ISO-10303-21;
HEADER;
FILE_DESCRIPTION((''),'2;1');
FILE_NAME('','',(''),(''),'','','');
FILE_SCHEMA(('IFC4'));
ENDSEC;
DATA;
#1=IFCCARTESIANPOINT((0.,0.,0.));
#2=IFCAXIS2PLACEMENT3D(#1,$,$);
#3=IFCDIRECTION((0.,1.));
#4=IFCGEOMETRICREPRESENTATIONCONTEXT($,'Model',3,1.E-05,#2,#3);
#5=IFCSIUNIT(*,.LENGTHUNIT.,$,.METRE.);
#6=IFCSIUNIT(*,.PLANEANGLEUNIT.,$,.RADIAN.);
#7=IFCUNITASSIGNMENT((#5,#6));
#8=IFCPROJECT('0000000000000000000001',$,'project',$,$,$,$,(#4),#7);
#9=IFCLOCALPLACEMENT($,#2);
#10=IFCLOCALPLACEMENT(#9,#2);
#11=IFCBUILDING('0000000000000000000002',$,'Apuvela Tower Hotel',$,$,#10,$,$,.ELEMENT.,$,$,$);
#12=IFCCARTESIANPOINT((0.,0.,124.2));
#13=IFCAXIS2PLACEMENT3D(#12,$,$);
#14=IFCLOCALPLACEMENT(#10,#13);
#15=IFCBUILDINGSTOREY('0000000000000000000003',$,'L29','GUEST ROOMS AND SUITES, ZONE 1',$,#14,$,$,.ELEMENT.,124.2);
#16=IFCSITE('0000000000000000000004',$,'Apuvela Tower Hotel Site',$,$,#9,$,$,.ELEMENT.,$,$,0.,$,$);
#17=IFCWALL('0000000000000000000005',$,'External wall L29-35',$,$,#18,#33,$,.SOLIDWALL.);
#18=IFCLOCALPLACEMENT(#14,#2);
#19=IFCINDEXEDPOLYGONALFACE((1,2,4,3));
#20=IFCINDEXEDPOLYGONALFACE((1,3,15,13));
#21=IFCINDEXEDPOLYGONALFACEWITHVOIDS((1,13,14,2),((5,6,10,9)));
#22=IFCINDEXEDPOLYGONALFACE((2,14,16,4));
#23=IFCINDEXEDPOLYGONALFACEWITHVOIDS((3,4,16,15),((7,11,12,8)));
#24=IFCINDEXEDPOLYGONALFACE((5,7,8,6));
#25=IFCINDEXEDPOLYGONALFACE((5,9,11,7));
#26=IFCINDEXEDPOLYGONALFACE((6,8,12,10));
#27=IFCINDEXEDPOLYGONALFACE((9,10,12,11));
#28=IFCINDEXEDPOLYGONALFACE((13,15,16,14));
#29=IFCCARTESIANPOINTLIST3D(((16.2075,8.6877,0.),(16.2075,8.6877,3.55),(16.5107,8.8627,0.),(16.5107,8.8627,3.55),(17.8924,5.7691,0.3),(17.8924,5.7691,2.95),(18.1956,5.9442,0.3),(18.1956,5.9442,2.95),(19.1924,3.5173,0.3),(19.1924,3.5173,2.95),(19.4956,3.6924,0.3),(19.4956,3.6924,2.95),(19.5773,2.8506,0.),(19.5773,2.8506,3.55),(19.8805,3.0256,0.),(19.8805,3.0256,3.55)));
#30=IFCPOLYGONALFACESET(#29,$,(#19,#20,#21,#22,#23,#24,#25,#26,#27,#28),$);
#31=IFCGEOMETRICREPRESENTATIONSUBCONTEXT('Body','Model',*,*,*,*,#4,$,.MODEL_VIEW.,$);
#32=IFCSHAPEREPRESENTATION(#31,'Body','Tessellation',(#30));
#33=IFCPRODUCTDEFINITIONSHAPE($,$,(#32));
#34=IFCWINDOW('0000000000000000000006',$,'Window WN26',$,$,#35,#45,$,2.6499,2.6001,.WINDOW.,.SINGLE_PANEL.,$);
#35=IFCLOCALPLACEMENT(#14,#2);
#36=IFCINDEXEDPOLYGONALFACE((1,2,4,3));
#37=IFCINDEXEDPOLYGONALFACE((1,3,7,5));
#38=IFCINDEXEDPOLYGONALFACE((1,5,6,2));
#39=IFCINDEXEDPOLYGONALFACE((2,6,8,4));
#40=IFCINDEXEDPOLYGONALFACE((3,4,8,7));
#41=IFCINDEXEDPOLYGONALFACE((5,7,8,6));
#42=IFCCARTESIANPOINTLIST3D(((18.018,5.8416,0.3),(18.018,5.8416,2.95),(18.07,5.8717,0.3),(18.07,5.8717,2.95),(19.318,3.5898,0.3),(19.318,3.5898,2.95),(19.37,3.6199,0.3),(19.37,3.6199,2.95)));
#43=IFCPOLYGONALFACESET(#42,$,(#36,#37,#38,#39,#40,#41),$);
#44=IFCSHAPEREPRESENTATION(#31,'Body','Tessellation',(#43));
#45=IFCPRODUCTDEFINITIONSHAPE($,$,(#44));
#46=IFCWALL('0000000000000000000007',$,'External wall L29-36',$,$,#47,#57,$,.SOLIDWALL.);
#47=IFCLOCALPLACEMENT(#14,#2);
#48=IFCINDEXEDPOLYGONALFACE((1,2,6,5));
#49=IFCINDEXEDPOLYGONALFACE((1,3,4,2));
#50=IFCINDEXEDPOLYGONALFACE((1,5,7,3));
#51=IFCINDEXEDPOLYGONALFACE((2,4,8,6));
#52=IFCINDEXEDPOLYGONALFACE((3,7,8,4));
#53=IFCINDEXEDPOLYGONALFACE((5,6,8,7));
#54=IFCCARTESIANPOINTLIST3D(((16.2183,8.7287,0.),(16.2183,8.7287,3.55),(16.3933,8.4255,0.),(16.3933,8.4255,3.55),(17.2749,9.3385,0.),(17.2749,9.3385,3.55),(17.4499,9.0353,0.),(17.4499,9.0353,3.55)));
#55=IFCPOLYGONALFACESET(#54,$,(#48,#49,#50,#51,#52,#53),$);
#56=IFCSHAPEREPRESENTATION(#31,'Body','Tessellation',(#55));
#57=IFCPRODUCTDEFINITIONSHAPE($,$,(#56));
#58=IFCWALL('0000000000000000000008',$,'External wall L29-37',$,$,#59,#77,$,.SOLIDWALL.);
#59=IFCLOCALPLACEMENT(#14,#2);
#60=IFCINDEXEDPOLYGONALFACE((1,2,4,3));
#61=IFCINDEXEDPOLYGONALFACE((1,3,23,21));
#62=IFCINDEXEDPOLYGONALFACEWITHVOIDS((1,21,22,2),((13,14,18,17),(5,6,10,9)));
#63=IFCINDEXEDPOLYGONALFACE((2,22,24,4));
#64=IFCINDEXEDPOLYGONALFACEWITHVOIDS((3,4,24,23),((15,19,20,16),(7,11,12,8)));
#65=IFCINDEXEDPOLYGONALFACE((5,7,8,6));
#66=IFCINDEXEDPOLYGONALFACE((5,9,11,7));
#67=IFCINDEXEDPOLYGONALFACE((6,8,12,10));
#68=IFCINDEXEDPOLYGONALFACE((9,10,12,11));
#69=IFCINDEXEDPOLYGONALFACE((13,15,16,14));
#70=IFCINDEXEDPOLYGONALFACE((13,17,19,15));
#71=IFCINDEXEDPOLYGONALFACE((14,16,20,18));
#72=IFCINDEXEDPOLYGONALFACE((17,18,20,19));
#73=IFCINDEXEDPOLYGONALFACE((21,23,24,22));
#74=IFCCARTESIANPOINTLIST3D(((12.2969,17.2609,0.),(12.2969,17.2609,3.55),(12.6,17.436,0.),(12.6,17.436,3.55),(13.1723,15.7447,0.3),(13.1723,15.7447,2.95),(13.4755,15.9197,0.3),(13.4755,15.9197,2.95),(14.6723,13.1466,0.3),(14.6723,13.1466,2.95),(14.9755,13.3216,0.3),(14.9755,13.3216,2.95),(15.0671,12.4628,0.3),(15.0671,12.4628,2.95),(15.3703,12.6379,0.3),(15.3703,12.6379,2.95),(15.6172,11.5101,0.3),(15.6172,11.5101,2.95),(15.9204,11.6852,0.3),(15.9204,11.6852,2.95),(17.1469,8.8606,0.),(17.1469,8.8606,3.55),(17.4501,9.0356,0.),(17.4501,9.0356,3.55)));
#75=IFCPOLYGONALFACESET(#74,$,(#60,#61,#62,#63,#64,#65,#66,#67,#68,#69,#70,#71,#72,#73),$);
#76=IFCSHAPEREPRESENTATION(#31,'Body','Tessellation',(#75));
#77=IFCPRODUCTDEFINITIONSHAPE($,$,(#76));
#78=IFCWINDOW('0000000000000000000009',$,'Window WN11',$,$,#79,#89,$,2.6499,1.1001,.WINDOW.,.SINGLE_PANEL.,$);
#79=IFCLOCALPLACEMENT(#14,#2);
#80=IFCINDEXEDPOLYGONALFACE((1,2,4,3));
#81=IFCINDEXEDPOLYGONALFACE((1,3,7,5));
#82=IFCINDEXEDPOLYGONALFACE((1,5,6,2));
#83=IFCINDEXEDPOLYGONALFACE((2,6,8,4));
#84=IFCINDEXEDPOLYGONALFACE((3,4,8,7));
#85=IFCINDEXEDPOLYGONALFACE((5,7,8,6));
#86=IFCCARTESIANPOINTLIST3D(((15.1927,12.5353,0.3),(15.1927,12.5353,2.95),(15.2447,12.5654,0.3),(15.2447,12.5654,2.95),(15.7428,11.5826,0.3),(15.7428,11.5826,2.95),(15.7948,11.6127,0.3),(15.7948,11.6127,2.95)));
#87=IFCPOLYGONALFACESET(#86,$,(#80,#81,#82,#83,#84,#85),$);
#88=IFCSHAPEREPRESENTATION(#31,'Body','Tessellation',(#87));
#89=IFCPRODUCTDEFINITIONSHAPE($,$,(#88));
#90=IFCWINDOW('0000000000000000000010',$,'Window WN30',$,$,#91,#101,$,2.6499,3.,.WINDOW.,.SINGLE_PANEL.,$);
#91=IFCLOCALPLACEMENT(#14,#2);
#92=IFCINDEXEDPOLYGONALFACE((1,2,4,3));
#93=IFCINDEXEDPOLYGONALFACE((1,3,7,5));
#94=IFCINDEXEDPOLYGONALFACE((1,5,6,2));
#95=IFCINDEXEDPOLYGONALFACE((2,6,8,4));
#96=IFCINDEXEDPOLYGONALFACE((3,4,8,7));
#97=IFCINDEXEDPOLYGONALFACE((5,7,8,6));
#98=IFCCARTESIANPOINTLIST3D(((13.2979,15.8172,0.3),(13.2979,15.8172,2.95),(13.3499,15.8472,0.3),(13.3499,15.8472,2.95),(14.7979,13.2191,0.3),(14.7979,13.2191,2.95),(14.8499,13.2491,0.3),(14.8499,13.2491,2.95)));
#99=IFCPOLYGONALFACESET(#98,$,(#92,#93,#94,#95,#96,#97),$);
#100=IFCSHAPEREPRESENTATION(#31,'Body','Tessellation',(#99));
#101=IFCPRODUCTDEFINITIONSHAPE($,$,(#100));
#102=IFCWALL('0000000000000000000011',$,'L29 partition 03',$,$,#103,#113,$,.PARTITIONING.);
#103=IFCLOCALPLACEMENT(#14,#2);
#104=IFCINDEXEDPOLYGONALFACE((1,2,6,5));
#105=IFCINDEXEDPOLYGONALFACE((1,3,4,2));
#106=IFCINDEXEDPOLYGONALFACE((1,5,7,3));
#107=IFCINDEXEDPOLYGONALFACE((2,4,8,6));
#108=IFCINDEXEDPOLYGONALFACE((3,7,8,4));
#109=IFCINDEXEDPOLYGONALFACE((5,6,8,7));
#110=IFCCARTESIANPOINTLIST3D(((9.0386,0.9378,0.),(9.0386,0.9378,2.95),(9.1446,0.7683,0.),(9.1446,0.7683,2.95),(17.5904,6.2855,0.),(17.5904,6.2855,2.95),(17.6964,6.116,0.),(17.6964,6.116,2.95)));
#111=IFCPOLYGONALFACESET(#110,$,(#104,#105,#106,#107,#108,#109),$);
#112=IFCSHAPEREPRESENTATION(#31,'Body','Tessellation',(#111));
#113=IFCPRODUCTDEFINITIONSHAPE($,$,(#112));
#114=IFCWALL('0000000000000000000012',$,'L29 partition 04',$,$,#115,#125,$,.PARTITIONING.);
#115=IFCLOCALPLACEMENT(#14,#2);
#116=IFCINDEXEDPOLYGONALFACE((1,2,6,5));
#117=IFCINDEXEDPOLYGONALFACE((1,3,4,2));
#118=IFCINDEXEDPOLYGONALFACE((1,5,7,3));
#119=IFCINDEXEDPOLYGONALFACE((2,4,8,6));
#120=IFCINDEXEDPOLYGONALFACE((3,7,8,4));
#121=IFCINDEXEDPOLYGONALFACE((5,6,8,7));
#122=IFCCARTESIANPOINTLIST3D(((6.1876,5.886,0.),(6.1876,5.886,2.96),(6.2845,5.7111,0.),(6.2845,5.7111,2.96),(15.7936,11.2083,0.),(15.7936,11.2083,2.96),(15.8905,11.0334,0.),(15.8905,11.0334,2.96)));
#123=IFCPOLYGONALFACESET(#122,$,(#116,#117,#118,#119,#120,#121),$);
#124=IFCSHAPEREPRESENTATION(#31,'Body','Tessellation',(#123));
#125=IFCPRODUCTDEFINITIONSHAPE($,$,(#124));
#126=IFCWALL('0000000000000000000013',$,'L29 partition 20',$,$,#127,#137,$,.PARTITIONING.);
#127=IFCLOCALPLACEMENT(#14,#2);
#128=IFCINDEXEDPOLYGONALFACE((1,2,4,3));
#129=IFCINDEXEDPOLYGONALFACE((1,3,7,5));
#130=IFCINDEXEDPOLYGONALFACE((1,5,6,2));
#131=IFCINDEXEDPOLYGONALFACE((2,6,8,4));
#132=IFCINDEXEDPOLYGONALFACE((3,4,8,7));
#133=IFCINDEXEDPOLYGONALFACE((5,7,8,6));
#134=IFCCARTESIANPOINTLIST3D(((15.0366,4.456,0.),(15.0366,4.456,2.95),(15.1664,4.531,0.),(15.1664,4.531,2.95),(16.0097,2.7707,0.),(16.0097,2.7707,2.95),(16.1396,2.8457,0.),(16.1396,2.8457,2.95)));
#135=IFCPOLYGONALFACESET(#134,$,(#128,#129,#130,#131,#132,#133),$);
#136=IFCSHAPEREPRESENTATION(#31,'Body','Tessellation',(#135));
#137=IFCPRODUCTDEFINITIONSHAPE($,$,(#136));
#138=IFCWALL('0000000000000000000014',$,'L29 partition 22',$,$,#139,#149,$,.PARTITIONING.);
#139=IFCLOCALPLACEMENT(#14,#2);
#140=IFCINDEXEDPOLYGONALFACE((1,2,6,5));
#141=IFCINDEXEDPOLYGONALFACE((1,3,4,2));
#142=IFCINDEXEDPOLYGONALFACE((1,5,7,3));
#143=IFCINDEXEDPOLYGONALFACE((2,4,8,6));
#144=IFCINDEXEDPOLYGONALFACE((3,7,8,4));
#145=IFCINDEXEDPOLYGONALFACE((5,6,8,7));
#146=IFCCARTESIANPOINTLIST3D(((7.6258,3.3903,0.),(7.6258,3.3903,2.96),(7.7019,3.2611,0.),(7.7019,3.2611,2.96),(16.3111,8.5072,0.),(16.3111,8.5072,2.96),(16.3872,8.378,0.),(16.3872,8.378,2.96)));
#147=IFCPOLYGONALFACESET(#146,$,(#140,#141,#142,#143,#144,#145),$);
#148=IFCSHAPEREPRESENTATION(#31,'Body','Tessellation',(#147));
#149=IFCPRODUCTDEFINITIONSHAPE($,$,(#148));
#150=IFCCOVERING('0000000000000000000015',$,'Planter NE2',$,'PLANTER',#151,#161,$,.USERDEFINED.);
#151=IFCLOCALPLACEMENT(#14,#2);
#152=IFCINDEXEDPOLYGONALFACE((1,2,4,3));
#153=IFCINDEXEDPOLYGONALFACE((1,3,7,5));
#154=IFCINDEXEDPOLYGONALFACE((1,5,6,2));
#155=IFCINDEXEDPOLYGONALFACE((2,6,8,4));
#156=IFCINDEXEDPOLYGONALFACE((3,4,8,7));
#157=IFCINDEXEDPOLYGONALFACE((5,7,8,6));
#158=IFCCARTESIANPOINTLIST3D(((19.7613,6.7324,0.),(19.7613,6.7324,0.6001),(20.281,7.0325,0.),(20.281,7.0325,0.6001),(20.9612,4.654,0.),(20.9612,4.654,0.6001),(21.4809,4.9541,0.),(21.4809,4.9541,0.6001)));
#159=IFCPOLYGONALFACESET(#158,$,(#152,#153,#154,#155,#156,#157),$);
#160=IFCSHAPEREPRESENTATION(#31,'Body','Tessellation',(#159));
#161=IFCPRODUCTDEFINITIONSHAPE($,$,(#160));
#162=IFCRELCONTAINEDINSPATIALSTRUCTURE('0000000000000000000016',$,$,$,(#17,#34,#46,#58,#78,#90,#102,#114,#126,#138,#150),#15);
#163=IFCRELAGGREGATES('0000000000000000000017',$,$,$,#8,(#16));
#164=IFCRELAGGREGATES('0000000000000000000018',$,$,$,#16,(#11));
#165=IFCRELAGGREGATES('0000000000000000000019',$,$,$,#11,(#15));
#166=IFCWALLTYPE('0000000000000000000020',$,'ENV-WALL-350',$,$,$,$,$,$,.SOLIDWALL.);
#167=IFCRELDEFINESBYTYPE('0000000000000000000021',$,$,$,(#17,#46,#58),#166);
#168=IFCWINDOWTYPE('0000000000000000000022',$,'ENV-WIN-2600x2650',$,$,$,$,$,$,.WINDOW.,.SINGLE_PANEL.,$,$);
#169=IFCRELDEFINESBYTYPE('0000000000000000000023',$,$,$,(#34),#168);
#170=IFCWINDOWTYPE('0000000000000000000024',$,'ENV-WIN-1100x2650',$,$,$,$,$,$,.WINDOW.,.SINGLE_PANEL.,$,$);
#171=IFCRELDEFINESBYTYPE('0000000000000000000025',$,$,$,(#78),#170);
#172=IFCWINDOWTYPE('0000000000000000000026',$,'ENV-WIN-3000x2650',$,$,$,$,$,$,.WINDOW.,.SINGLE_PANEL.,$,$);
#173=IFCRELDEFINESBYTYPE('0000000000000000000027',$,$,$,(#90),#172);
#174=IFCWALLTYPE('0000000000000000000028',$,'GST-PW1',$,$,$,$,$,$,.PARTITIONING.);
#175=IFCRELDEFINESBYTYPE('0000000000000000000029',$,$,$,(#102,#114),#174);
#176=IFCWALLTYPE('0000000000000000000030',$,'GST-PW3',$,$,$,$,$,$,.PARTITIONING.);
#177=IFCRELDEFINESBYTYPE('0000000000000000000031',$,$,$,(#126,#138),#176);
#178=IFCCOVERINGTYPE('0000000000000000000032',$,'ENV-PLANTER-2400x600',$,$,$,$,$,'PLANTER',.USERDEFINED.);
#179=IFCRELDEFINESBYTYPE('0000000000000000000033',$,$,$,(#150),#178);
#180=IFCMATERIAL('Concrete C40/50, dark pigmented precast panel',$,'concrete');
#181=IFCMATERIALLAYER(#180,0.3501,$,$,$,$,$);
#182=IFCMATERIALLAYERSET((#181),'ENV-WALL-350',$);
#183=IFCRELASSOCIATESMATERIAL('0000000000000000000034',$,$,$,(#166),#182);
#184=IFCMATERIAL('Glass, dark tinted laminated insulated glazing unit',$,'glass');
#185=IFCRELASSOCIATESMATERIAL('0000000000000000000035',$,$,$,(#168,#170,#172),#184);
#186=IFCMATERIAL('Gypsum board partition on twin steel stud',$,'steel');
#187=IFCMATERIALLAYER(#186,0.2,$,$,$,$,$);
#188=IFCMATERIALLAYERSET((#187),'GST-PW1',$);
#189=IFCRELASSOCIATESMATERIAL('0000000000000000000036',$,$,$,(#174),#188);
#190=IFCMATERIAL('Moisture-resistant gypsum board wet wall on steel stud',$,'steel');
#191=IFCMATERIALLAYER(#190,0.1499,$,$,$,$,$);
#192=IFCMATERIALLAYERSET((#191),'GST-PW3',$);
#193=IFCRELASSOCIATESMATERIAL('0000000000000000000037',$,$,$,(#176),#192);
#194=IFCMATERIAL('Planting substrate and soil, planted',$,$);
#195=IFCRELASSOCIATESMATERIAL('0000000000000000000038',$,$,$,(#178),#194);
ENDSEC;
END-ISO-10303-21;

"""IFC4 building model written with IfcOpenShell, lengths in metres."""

from ifc_helpers import new_model, si_unit, direction, frame, frame_2d, origin, origin_2d, place, context, subcontext, project, spatial, rectangle, extrude, material, layer, layer_set, type_object, element, fill, save


model = new_model("IFC4")

# Units and contexts
model_context = context("Model", 3, precision=1e-05, world=origin(), true_north=direction((0.0, 1.0)))
body_context = subcontext(model_context, "Body", "Model", "MODEL_VIEW")
ifc_project = project(units=[si_unit("LENGTHUNIT", "METRE"), si_unit("PLANEANGLEUNIT", "RADIAN")], contexts=[model_context])

# Site, building, storey
site_placement = place(None, origin())
site = spatial("IfcSite", under=ifc_project, at=site_placement, Name="Apuvela Tower Hotel Site", CompositionType="ELEMENT", RefElevation=0.0)
building_placement = place(site_placement, origin())
building = spatial("IfcBuilding", under=site, at=building_placement, Name="Apuvela Tower Hotel", CompositionType="ELEMENT")
storey_placement = place(building_placement, frame((0.0, 0.0, 124.2)))
storey = spatial("IfcBuildingStorey", under=building, at=storey_placement, Name="L29", Description="GUEST ROOMS AND SUITES, ZONE 1", CompositionType="ELEMENT", Elevation=124.2)

# Shared definitions
ifc_material_1 = material(Name="Concrete C40/50, dark pigmented precast panel", Category="concrete")
ifc_layer_1 = layer(ifc_material_1, 0.3501)
ifc_layer_set_1 = layer_set([ifc_layer_1], Name="ENV-WALL-350")
wall_type_1 = type_object("IfcWallType", Name="ENV-WALL-350", PredefinedType="SOLIDWALL", material=ifc_layer_set_1)

# Wall, opening, window
wall_1_placement = place(storey_placement, frame((19.729, 2.938, 0.0), z_axis=(0.0, 0.0, 1.0), x_axis=(-0.499976, 0.866039, 0.0)))
wall_1 = element("IfcWall", 1, at=wall_1_placement, inside=storey, type_object=wall_type_1, Name="External wall L29-35", PredefinedType="SOLIDWALL", context=body_context, shape_type="SweptSolid", body=[
    extrude(rectangle(XDim=6.74, YDim=0.3501, at=frame_2d((3.3701, 0.0))), origin(), (0.0, 0.0, 1.0), 3.55),
])
opening_1_placement = place(wall_1_placement, frame((0.77, 0.0, 0.3)))
opening_1 = element("IfcOpeningElement", 2, at=opening_1_placement, cuts=wall_1, PredefinedType="OPENING", context=body_context, shape_type="SweptSolid", body=[
    extrude(rectangle(XDim=2.6001, YDim=2.6499, at=frame_2d((1.3, 1.325))), frame((0.0, 0.1851, 0.0), z_axis=(0.0, -1.0, 0.0), x_axis=(1.0, 0.0, 0.0)), (0.0, 0.0, 1.0), 0.3701),
])
ifc_material_2 = material(Name="Glass, dark tinted laminated insulated glazing unit", Category="glass")
window_type_1 = type_object("IfcWindowType", Name="ENV-WIN-2600x2650", PartitioningType="SINGLE_PANEL", PredefinedType="WINDOW", material=ifc_material_2)
window_1_placement = place(opening_1_placement, origin())
window_1 = element("IfcWindow", 3, at=window_1_placement, inside=storey, type_object=window_type_1, Name="Window WN26", OverallHeight=2.6499, OverallWidth=2.6001, PartitioningType="SINGLE_PANEL", PredefinedType="WINDOW", context=body_context, shape_type="SweptSolid", body=[
    extrude(rectangle(XDim=2.6001, YDim=2.6499, at=frame_2d((1.3, 1.325))), frame((0.0, 0.03, 0.0), z_axis=(0.0, -1.0, 0.0), x_axis=(1.0, 0.0, 0.0)), (0.0, 0.0, 1.0), 0.0601),
])
fill(opening_1, window_1)

# Wall
wall_2_placement = place(storey_placement, frame((16.3059, 8.5771, 0.0), z_axis=(0.0, 0.0, 1.0), x_axis=(0.866092, 0.499884, 0.0)))
element("IfcWall", 4, at=wall_2_placement, inside=storey, type_object=wall_type_1, Name="External wall L29-36", PredefinedType="SOLIDWALL", context=body_context, shape_type="SweptSolid", body=[
    extrude(rectangle(XDim=1.22, YDim=0.3501, at=frame_2d((0.6099, 0.0))), origin(), (0.0, 0.0, 1.0), 3.55),
])

# Wall, openings, windows
wall_3_placement = place(storey_placement, frame((17.2986, 8.948, 0.0), z_axis=(0.0, 0.0, 1.0), x_axis=(-0.50001, 0.86602, 0.0)))
wall_3 = element("IfcWall", 5, at=wall_3_placement, inside=storey, type_object=wall_type_1, Name="External wall L29-37", PredefinedType="SOLIDWALL", context=body_context, shape_type="SweptSolid", body=[
    extrude(rectangle(XDim=9.7, YDim=0.3501, at=frame_2d((4.8501, 0.0))), origin(), (0.0, 0.0, 1.0), 3.55),
])
opening_2_placement = place(wall_3_placement, frame((3.0596, 0.0, 0.3)))
opening_2 = element("IfcOpeningElement", 6, at=opening_2_placement, cuts=wall_3, PredefinedType="OPENING", context=body_context, shape_type="SweptSolid", body=[
    extrude(rectangle(XDim=1.1001, YDim=2.6499, at=frame_2d((0.55, 1.325))), frame((0.0, 0.1851, 0.0), z_axis=(0.0, -1.0, 0.0), x_axis=(1.0, 0.0, 0.0)), (0.0, 0.0, 1.0), 0.3701),
])
opening_3_placement = place(wall_3_placement, frame((4.9492, 0.0, 0.3)))
opening_3 = element("IfcOpeningElement", 7, at=opening_3_placement, cuts=wall_3, PredefinedType="OPENING", context=body_context, shape_type="SweptSolid", body=[
    extrude(rectangle(XDim=3.0, YDim=2.6499, at=frame_2d((1.5, 1.325))), frame((0.0, 0.1851, 0.0), z_axis=(0.0, -1.0, 0.0), x_axis=(1.0, 0.0, 0.0)), (0.0, 0.0, 1.0), 0.3701),
])
window_type_2 = type_object("IfcWindowType", Name="ENV-WIN-1100x2650", PartitioningType="SINGLE_PANEL", PredefinedType="WINDOW", material=ifc_material_2)
window_2_placement = place(opening_2_placement, origin())
window_2 = element("IfcWindow", 8, at=window_2_placement, inside=storey, type_object=window_type_2, Name="Window WN11", OverallHeight=2.6499, OverallWidth=1.1001, PartitioningType="SINGLE_PANEL", PredefinedType="WINDOW", context=body_context, shape_type="SweptSolid", body=[
    extrude(rectangle(XDim=1.1001, YDim=2.6499, at=frame_2d((0.55, 1.325))), frame((0.0, 0.03, 0.0), z_axis=(0.0, -1.0, 0.0), x_axis=(1.0, 0.0, 0.0)), (0.0, 0.0, 1.0), 0.0601),
])
fill(opening_2, window_2)
window_type_3 = type_object("IfcWindowType", Name="ENV-WIN-3000x2650", PartitioningType="SINGLE_PANEL", PredefinedType="WINDOW", material=ifc_material_2)
window_3_placement = place(opening_3_placement, origin())
window_3 = element("IfcWindow", 9, at=window_3_placement, inside=storey, type_object=window_type_3, Name="Window WN30", OverallHeight=2.6499, OverallWidth=3.0, PartitioningType="SINGLE_PANEL", PredefinedType="WINDOW", context=body_context, shape_type="SweptSolid", body=[
    extrude(rectangle(XDim=3.0, YDim=2.6499, at=frame_2d((1.5, 1.325))), frame((0.0, 0.03, 0.0), z_axis=(0.0, -1.0, 0.0), x_axis=(1.0, 0.0, 0.0)), (0.0, 0.0, 1.0), 0.0601),
])
fill(opening_3, window_3)

# Walls
ifc_material_3 = material(Name="Gypsum board partition on twin steel stud", Category="steel")
ifc_layer_2 = layer(ifc_material_3, 0.2)
ifc_layer_set_2 = layer_set([ifc_layer_2], Name="GST-PW1")
wall_type_2 = type_object("IfcWallType", Name="GST-PW1", PredefinedType="PARTITIONING", material=ifc_layer_set_2)
wall_4_placement = place(storey_placement, frame((17.6433, 6.2007, 0.0), z_axis=(0.0, 0.0, 1.0), x_axis=(-0.847873, -0.530199, 0.0)))
element("IfcWall", 10, at=wall_4_placement, inside=storey, type_object=wall_type_2, Name="L29 partition 03", PredefinedType="PARTITIONING", context=body_context, shape_type="SweptSolid", body=[
    extrude(rectangle(XDim=10.0862, YDim=0.2, at=frame_2d((5.043, 0.0))), origin(), (0.0, 0.0, 1.0), 2.95),
])
wall_5_placement = place(storey_placement, frame((15.842, 11.1208, 0.0), z_axis=(0.0, 0.0, 1.0), x_axis=(-0.874712, -0.484642, 0.0)))
element("IfcWall", 11, at=wall_5_placement, inside=storey, type_object=wall_type_2, Name="L29 partition 04", PredefinedType="PARTITIONING", context=body_context, shape_type="SweptSolid", body=[
    extrude(rectangle(XDim=10.9819, YDim=0.2, at=frame_2d((5.491, 0.0))), origin(), (0.0, 0.0, 1.0), 2.96),
])
ifc_material_4 = material(Name="Moisture-resistant gypsum board wet wall on steel stud", Category="steel")
ifc_layer_3 = layer(ifc_material_4, 0.1499)
ifc_layer_set_3 = layer_set([ifc_layer_3], Name="GST-PW3")
wall_type_3 = type_object("IfcWallType", Name="GST-PW3", PredefinedType="PARTITIONING", material=ifc_layer_set_3)
wall_6_placement = place(storey_placement, frame((16.0747, 2.8081, 0.0), z_axis=(0.0, 0.0, 1.0), x_axis=(-0.500052, 0.865995, 0.0)))
element("IfcWall", 12, at=wall_6_placement, inside=storey, type_object=wall_type_3, Name="L29 partition 20", PredefinedType="PARTITIONING", context=body_context, shape_type="SweptSolid", body=[
    extrude(rectangle(XDim=1.946, YDim=0.1499, at=frame_2d((0.9731, 0.0))), origin(), (0.0, 0.0, 1.0), 2.95),
])
wall_7_placement = place(storey_placement, frame((16.3491, 8.4426, 0.0), z_axis=(0.0, 0.0, 1.0), x_axis=(-0.86159, -0.507605, 0.0)))
element("IfcWall", 13, at=wall_7_placement, inside=storey, type_object=wall_type_3, Name="L29 partition 22", PredefinedType="PARTITIONING", context=body_context, shape_type="SweptSolid", body=[
    extrude(rectangle(XDim=10.0806, YDim=0.1499, at=frame_2d((5.0403, 0.0))), origin(), (0.0, 0.0, 1.0), 2.96),
])

# Covering
ifc_material_5 = material(Name="Planting substrate and soil, planted")
covering_type = type_object("IfcCoveringType", Name="ENV-PLANTER-2400x600", ElementType="PLANTER", PredefinedType="USERDEFINED", material=ifc_material_5)
covering_placement = place(storey_placement, frame((20.6211, 5.8433, 0.0), z_axis=(0.0, 0.0, 1.0), x_axis=(-0.5, 0.866025, 0.0)))
element("IfcCovering", 14, at=covering_placement, inside=storey, type_object=covering_type, Name="Planter NE2", ObjectType="PLANTER", PredefinedType="USERDEFINED", context=body_context, shape_type="SweptSolid", body=[
    extrude(rectangle(XDim=2.3999, YDim=0.6001, at=origin_2d()), origin(), (0.0, 0.0, 1.0), 0.6001),
])

save(model, "model.ifc")
